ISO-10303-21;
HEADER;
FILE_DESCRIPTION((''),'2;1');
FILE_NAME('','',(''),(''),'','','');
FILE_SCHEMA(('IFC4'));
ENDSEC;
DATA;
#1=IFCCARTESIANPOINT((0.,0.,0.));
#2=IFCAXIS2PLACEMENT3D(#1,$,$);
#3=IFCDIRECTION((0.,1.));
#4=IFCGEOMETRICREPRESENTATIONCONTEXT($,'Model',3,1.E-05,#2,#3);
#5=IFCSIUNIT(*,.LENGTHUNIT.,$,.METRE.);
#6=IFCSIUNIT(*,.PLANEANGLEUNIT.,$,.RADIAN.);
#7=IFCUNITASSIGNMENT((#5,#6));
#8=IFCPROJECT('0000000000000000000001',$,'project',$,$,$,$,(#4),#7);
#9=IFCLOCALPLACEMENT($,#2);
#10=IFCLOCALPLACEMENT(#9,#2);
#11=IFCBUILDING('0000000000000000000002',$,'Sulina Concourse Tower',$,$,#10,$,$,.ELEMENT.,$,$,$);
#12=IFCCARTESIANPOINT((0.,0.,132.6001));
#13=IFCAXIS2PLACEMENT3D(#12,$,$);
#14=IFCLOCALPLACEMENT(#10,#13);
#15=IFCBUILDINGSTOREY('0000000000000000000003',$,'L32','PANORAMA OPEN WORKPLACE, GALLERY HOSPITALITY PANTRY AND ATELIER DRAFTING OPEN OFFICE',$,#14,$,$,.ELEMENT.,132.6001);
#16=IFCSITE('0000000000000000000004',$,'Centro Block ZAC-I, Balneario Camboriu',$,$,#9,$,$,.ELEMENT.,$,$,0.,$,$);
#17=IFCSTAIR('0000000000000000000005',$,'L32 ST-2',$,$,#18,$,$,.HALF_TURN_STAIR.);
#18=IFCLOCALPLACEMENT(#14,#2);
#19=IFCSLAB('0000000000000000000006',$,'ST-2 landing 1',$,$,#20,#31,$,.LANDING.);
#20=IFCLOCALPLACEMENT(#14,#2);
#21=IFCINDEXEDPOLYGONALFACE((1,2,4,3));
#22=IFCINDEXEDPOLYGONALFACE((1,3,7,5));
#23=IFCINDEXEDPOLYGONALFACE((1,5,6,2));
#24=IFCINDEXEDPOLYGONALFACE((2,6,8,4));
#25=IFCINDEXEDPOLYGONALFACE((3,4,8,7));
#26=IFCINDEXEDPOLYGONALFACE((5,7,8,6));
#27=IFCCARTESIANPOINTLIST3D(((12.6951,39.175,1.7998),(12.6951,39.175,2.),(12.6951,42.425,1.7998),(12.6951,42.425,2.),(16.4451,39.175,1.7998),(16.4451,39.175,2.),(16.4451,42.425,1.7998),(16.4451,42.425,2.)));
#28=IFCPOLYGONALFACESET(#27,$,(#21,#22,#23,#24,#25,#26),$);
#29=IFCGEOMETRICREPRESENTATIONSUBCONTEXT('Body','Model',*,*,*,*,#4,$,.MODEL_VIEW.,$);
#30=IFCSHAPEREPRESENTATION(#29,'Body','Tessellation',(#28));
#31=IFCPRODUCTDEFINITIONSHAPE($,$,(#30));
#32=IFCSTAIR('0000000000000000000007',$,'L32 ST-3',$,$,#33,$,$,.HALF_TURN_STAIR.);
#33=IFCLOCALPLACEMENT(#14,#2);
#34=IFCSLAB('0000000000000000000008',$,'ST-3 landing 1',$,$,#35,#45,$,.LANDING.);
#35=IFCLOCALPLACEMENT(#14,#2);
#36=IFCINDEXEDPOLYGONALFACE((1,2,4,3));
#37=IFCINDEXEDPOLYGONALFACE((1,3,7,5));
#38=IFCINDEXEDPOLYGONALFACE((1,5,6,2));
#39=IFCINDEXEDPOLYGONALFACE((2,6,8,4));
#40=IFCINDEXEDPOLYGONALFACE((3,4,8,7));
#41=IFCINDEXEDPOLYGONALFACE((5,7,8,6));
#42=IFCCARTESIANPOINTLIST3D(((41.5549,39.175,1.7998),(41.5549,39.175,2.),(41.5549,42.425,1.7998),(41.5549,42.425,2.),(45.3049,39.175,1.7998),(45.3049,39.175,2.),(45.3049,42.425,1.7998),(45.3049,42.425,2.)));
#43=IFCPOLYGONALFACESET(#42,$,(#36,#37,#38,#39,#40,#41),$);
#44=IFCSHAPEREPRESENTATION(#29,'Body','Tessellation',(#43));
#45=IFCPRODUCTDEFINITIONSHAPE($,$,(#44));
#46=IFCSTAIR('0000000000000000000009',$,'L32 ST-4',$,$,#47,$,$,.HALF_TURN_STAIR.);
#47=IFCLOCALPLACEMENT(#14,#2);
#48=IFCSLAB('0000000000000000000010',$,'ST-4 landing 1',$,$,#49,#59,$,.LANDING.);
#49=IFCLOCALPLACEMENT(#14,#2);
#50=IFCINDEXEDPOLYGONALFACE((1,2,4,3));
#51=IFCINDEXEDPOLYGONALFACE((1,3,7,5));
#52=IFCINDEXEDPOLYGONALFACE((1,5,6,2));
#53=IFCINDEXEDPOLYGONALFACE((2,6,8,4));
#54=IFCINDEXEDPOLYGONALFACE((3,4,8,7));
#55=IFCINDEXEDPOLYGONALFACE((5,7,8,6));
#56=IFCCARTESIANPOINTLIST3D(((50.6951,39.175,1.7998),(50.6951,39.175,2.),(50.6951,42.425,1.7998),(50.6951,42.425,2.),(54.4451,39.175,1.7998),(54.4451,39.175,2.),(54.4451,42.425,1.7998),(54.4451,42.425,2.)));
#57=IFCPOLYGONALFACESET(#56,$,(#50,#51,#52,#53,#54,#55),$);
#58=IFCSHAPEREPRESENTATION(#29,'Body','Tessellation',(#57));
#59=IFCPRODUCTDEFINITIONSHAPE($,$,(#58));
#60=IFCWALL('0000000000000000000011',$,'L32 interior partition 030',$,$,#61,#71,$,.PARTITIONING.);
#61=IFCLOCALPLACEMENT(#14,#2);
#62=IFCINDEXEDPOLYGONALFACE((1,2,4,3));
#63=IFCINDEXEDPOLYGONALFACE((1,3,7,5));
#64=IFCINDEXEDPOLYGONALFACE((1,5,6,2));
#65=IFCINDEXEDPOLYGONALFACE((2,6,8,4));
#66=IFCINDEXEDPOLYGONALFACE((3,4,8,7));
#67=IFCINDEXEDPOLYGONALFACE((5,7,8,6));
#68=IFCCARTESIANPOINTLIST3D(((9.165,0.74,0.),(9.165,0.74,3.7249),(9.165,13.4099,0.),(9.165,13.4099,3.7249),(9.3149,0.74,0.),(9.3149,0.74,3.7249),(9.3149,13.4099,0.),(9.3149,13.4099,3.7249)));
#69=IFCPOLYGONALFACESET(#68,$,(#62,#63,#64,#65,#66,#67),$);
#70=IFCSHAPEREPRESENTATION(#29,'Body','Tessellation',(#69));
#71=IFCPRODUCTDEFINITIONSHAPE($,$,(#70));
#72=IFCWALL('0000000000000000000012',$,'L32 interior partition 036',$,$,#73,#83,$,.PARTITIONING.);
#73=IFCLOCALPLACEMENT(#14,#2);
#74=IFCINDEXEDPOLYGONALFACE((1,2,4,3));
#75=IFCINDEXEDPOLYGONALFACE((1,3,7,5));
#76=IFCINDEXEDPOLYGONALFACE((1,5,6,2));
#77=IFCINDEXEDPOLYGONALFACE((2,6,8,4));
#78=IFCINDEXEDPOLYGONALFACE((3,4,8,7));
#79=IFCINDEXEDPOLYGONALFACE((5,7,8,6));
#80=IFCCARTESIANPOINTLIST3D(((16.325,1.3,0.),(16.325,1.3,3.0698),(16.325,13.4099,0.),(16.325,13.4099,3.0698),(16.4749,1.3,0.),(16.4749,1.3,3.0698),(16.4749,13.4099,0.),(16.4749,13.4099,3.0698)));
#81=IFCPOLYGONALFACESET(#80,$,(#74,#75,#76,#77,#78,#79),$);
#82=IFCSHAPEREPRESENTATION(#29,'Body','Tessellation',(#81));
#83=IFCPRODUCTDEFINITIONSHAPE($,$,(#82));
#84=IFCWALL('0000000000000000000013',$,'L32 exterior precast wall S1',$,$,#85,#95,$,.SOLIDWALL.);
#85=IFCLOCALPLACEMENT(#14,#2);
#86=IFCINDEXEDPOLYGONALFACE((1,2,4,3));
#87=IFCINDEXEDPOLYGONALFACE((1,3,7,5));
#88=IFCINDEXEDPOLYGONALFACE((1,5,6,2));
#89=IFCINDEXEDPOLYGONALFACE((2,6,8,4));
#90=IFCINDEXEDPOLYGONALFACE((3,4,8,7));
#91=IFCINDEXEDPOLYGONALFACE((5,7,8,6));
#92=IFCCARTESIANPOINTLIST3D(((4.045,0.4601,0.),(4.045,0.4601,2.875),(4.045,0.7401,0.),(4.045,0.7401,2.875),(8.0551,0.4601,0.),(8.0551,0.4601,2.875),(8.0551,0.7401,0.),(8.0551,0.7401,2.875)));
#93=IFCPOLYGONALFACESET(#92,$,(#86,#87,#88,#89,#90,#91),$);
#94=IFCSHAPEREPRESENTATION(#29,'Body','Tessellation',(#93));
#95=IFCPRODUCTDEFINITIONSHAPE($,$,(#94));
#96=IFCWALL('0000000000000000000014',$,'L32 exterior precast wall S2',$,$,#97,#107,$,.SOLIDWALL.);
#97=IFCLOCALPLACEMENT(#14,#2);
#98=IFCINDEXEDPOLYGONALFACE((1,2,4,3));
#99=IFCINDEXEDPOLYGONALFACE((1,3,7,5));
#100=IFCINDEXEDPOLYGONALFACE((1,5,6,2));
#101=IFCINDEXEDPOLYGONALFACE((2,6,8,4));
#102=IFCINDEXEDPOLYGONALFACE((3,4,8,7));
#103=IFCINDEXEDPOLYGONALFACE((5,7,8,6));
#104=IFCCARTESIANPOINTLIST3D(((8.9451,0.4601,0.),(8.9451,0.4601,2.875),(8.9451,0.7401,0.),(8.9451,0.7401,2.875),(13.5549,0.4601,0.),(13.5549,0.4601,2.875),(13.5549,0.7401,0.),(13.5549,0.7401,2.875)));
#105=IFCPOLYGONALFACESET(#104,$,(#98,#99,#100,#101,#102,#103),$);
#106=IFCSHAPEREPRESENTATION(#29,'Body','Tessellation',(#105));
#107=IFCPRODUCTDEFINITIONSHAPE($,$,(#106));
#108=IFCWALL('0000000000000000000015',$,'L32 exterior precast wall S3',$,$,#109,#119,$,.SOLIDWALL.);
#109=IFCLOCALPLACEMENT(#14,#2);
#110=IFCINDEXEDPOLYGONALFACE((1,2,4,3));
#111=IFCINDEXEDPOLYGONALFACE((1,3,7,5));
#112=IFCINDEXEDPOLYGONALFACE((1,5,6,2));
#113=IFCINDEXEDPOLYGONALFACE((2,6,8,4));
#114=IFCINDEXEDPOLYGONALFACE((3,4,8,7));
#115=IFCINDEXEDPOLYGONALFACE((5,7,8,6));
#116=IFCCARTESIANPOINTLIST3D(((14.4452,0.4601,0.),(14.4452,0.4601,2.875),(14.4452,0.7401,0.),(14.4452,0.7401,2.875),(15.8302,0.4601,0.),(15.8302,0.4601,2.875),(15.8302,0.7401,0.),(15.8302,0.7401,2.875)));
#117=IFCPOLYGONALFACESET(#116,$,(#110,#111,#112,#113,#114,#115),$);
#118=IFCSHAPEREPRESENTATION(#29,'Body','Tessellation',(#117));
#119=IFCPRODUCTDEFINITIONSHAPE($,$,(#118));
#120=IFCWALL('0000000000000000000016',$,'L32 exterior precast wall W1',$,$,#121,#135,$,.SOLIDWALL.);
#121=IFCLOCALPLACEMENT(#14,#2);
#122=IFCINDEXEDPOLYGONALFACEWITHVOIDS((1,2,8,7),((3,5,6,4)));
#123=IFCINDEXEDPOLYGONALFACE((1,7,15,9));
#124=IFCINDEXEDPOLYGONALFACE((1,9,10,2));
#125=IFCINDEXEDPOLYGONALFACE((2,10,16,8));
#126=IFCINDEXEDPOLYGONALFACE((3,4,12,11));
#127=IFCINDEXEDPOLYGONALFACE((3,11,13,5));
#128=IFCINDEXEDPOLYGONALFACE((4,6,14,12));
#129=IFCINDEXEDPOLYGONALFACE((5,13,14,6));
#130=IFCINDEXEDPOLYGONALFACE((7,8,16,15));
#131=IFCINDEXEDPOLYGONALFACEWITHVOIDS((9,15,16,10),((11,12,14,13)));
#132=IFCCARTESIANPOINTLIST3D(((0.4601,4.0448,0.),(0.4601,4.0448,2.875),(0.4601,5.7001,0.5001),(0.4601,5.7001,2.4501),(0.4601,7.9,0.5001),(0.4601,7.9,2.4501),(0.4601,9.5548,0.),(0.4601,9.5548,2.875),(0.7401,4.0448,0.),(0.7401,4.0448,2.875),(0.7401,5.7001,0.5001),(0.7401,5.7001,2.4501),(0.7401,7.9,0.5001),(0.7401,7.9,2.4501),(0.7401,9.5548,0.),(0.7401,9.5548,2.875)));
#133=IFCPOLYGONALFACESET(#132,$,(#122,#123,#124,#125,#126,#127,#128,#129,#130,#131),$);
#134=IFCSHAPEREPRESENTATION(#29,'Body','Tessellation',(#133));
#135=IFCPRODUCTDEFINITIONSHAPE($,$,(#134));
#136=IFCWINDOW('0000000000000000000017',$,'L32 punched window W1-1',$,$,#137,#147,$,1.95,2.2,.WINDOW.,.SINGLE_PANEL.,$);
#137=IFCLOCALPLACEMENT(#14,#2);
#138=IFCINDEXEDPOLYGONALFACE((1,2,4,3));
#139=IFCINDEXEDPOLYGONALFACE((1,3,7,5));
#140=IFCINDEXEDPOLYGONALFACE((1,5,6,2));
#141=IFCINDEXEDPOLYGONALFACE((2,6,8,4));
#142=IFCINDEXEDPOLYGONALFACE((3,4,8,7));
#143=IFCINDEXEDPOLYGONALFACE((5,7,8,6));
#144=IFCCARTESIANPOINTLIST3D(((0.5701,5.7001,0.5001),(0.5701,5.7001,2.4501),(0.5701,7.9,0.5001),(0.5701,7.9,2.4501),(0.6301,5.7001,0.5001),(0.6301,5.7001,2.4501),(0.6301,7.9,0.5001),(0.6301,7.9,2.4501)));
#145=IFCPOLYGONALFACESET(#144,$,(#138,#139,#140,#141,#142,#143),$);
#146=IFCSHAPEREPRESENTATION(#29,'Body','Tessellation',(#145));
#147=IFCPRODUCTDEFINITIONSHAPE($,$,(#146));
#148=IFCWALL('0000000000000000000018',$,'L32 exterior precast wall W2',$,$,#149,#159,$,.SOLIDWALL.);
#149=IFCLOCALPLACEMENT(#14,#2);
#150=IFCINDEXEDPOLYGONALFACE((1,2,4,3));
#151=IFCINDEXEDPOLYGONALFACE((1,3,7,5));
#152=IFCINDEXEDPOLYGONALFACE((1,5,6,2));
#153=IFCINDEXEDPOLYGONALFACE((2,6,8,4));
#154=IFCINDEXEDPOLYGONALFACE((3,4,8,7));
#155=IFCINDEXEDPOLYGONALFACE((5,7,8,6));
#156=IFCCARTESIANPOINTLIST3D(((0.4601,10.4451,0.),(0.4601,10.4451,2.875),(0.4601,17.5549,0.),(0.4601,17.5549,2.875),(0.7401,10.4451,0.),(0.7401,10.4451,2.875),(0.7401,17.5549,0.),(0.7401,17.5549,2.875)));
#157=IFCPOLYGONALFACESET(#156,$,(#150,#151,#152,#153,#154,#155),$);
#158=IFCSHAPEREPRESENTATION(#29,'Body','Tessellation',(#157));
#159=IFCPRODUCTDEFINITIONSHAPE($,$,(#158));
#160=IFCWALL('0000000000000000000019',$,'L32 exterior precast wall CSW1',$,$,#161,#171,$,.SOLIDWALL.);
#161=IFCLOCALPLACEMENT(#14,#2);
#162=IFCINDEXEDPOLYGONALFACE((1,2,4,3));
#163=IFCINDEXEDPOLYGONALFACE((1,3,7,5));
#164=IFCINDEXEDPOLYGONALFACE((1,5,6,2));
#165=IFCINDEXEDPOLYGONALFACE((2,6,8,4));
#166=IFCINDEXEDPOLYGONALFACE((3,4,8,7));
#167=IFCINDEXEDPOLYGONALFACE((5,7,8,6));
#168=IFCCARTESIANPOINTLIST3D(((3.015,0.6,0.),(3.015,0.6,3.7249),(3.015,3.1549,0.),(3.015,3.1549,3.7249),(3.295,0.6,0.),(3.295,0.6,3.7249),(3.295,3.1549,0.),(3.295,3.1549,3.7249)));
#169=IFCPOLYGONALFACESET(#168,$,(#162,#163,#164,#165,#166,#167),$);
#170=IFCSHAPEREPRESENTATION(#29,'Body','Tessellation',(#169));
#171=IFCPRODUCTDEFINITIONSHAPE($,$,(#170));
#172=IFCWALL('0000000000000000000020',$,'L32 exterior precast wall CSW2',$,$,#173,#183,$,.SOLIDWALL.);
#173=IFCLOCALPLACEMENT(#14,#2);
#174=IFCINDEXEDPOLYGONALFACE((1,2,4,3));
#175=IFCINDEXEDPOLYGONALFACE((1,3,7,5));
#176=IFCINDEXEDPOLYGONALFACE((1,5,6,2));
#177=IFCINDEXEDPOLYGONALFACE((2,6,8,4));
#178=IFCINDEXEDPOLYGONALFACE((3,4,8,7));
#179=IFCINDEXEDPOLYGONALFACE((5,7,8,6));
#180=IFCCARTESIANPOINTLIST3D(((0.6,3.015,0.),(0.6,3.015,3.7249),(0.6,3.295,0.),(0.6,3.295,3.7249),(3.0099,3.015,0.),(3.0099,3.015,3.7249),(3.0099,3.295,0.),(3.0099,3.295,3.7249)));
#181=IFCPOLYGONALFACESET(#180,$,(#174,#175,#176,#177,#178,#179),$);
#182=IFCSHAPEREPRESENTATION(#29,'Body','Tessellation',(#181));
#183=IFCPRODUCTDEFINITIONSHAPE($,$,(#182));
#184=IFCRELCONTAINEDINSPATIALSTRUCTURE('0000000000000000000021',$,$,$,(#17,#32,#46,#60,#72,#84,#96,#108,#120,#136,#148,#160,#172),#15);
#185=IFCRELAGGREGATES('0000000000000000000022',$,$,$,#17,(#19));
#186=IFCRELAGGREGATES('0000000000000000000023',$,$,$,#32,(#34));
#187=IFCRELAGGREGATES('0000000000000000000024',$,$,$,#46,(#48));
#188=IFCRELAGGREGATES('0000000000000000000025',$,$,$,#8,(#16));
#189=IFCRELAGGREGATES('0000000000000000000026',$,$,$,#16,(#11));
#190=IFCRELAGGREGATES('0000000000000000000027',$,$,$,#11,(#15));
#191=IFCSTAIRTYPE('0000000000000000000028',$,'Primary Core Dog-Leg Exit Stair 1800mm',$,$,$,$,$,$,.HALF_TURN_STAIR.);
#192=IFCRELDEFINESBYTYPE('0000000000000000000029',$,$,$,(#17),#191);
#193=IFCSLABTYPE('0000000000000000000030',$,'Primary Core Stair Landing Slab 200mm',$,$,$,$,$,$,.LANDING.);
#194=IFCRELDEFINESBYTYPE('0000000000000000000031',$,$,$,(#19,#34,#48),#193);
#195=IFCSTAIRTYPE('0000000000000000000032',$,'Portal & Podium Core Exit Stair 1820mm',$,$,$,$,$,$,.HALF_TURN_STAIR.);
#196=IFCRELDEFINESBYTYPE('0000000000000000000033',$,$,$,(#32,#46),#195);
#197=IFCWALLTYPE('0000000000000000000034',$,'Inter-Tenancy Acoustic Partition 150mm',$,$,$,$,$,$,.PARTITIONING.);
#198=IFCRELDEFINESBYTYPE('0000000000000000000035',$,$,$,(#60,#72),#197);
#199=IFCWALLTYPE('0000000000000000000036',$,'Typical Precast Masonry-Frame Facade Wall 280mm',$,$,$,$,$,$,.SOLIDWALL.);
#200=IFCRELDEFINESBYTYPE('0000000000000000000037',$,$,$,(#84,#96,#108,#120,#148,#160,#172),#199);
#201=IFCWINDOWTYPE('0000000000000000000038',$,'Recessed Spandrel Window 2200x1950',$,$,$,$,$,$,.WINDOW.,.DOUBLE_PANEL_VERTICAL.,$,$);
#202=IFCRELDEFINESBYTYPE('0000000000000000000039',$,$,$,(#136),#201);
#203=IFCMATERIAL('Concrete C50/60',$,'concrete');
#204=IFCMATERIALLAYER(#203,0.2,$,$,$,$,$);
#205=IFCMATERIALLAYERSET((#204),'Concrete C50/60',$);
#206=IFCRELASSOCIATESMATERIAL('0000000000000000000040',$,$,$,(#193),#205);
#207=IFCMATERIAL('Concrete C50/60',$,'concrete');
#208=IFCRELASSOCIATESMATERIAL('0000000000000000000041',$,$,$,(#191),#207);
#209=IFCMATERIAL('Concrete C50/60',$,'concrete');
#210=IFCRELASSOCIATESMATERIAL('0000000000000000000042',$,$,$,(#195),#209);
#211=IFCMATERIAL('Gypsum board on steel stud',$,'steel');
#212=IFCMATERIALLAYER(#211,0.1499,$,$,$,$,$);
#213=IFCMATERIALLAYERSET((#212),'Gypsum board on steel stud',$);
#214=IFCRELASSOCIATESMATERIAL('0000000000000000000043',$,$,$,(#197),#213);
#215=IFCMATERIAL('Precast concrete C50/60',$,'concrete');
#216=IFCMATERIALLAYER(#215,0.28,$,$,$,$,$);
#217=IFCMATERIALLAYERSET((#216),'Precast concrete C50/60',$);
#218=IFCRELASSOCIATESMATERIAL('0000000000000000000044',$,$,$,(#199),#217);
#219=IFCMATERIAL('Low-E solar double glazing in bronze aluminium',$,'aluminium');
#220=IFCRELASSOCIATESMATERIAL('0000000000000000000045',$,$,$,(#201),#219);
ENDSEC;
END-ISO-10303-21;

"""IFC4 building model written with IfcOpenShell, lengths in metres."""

from ifc_helpers import new_model, si_unit, direction, frame, frame_2d, origin, place, context, subcontext, project, spatial, polyline, rectangle, outline, extrude, material, layer, layer_set, type_object, element, fill, aggregate, save


model = new_model("IFC4")

# Units and contexts
model_context = context("Model", 3, precision=1e-05, world=origin(), true_north=direction((0.0, 1.0)))
body_context = subcontext(model_context, "Body", "Model", "MODEL_VIEW")
ifc_project = project(units=[si_unit("LENGTHUNIT", "METRE"), si_unit("PLANEANGLEUNIT", "RADIAN")], contexts=[model_context])

# Site, building, storey
site_placement = place(None, origin())
site = spatial("IfcSite", under=ifc_project, at=site_placement, Name="Centro Block ZAC-I, Balneario Camboriu", CompositionType="ELEMENT", RefElevation=0.0)
building_placement = place(site_placement, origin())
building = spatial("IfcBuilding", under=site, at=building_placement, Name="Sulina Concourse Tower", CompositionType="ELEMENT")
storey_placement = place(building_placement, frame((0.0, 0.0, 132.6001)))
storey = spatial("IfcBuildingStorey", under=building, at=storey_placement, Name="L32", Description="PANORAMA OPEN WORKPLACE, GALLERY HOSPITALITY PANTRY AND ATELIER DRAFTING OPEN OFFICE", CompositionType="ELEMENT", Elevation=132.6001)

# Shared definitions
ifc_material_1 = material(Name="Concrete C50/60", Category="concrete")
ifc_layer_1 = layer(ifc_material_1, 0.2)
ifc_layer_set_1 = layer_set([ifc_layer_1], Name="Concrete C50/60")
slab_type_1 = type_object("IfcSlabType", Name="Primary Core Stair Landing Slab 200mm", PredefinedType="LANDING", material=ifc_layer_set_1)

# Stairs, slabs
ifc_material_2 = material(Name="Concrete C50/60", Category="concrete")
stair_type_1 = type_object("IfcStairType", Name="Primary Core Dog-Leg Exit Stair 1800mm", PredefinedType="HALF_TURN_STAIR", material=ifc_material_2)
stair_1_placement = place(storey_placement, origin())
stair_1 = element("IfcStair", 1, at=stair_1_placement, inside=storey, type_object=stair_type_1, Name="L32 ST-2", PredefinedType="HALF_TURN_STAIR")
slab_1_placement = place(storey_placement, frame((0.0, 0.0, 1.7998)))
slab_1 = element("IfcSlab", 2, at=slab_1_placement, type_object=slab_type_1, Name="ST-2 landing 1", PredefinedType="LANDING", context=body_context, shape_type="SweptSolid", body=[
    extrude(outline(polyline([(16.4451, 39.175), (16.4451, 42.425), (12.6951, 42.425), (12.6951, 39.175), (16.4451, 39.175)])), origin(), (0.0, 0.0, 1.0), 0.2002),
])
aggregate(stair_1, [slab_1])
ifc_material_3 = material(Name="Concrete C50/60", Category="concrete")
stair_type_2 = type_object("IfcStairType", Name="Portal & Podium Core Exit Stair 1820mm", PredefinedType="HALF_TURN_STAIR", material=ifc_material_3)
stair_2_placement = place(storey_placement, origin())
stair_2 = element("IfcStair", 3, at=stair_2_placement, inside=storey, type_object=stair_type_2, Name="L32 ST-3", PredefinedType="HALF_TURN_STAIR")
slab_2_placement = place(storey_placement, frame((0.0, 0.0, 1.7998)))
slab_2 = element("IfcSlab", 4, at=slab_2_placement, type_object=slab_type_1, Name="ST-3 landing 1", PredefinedType="LANDING", context=body_context, shape_type="SweptSolid", body=[
    extrude(outline(polyline([(45.3049, 39.175), (45.3049, 42.425), (41.5549, 42.425), (41.5549, 39.175), (45.3049, 39.175)])), origin(), (0.0, 0.0, 1.0), 0.2002),
])
aggregate(stair_2, [slab_2])
stair_3_placement = place(storey_placement, origin())
stair_3 = element("IfcStair", 5, at=stair_3_placement, inside=storey, type_object=stair_type_2, Name="L32 ST-4", PredefinedType="HALF_TURN_STAIR")
slab_3_placement = place(storey_placement, frame((0.0, 0.0, 1.7998)))
slab_3 = element("IfcSlab", 6, at=slab_3_placement, type_object=slab_type_1, Name="ST-4 landing 1", PredefinedType="LANDING", context=body_context, shape_type="SweptSolid", body=[
    extrude(outline(polyline([(54.4451, 39.175), (54.4451, 42.425), (50.6951, 42.425), (50.6951, 39.175), (54.4451, 39.175)])), origin(), (0.0, 0.0, 1.0), 0.2002),
])
aggregate(stair_3, [slab_3])

# Walls
ifc_material_4 = material(Name="Gypsum board on steel stud", Category="steel")
ifc_layer_2 = layer(ifc_material_4, 0.1499)
ifc_layer_set_2 = layer_set([ifc_layer_2], Name="Gypsum board on steel stud")
wall_type_1 = type_object("IfcWallType", Name="Inter-Tenancy Acoustic Partition 150mm", PredefinedType="PARTITIONING", material=ifc_layer_set_2)
wall_1_placement = place(storey_placement, frame((9.24, 0.74, 0.0), z_axis=(0.0, 0.0, 1.0), x_axis=(0.0, 1.0, 0.0)))
element("IfcWall", 7, at=wall_1_placement, inside=storey, type_object=wall_type_1, Name="L32 interior partition 030", PredefinedType="PARTITIONING", context=body_context, shape_type="SweptSolid", body=[
    extrude(rectangle(XDim=12.6699, YDim=0.1499, at=frame_2d((6.335, 0.0))), origin(), (0.0, 0.0, 1.0), 3.7249),
])
wall_2_placement = place(storey_placement, frame((16.3999, 1.3, 0.0), z_axis=(0.0, 0.0, 1.0), x_axis=(0.0, 1.0, 0.0)))
element("IfcWall", 8, at=wall_2_placement, inside=storey, type_object=wall_type_1, Name="L32 interior partition 036", PredefinedType="PARTITIONING", context=body_context, shape_type="SweptSolid", body=[
    extrude(rectangle(XDim=12.1099, YDim=0.1499, at=frame_2d((6.0549, 0.0))), origin(), (0.0, 0.0, 1.0), 3.0698),
])
ifc_material_5 = material(Name="Precast concrete C50/60", Category="concrete")
ifc_layer_3 = layer(ifc_material_5, 0.28)
ifc_layer_set_3 = layer_set([ifc_layer_3], Name="Precast concrete C50/60")
wall_type_2 = type_object("IfcWallType", Name="Typical Precast Masonry-Frame Facade Wall 280mm", PredefinedType="SOLIDWALL", material=ifc_layer_set_3)
wall_3_placement = place(storey_placement, frame((8.0549, 0.6001, 0.0), z_axis=(0.0, 0.0, 1.0), x_axis=(-1.0, 0.0, 0.0)))
element("IfcWall", 9, at=wall_3_placement, inside=storey, type_object=wall_type_2, Name="L32 exterior precast wall S1", PredefinedType="SOLIDWALL", context=body_context, shape_type="SweptSolid", body=[
    extrude(rectangle(XDim=4.01, YDim=0.28, at=frame_2d((2.0049, 0.0))), origin(), (0.0, 0.0, 1.0), 2.875),
])
wall_4_placement = place(storey_placement, frame((13.5549, 0.6001, 0.0), z_axis=(0.0, 0.0, 1.0), x_axis=(-1.0, 0.0, 0.0)))
element("IfcWall", 10, at=wall_4_placement, inside=storey, type_object=wall_type_2, Name="L32 exterior precast wall S2", PredefinedType="SOLIDWALL", context=body_context, shape_type="SweptSolid", body=[
    extrude(rectangle(XDim=4.6099, YDim=0.28, at=frame_2d((2.3049, 0.0))), origin(), (0.0, 0.0, 1.0), 2.875),
])
wall_5_placement = place(storey_placement, frame((15.8301, 0.6001, 0.0), z_axis=(0.0, 0.0, 1.0), x_axis=(-1.0, 0.0, 0.0)))
element("IfcWall", 11, at=wall_5_placement, inside=storey, type_object=wall_type_2, Name="L32 exterior precast wall S3", PredefinedType="SOLIDWALL", context=body_context, shape_type="SweptSolid", body=[
    extrude(rectangle(XDim=1.385, YDim=0.28, at=frame_2d((0.6924, 0.0))), origin(), (0.0, 0.0, 1.0), 2.875),
])

# Wall, opening, window
wall_6_placement = place(storey_placement, frame((0.6001, 4.0449, 0.0), z_axis=(0.0, 0.0, 1.0), x_axis=(0.0, 1.0, 0.0)))
wall_6 = element("IfcWall", 12, at=wall_6_placement, inside=storey, type_object=wall_type_2, Name="L32 exterior precast wall W1", PredefinedType="SOLIDWALL", context=body_context, shape_type="SweptSolid", body=[
    extrude(rectangle(XDim=5.51, YDim=0.28, at=frame_2d((2.7549, 0.0))), origin(), (0.0, 0.0, 1.0), 2.875),
])
opening_placement = place(wall_6_placement, frame((1.655, 0.0, 0.5)))
opening = element("IfcOpeningElement", 13, at=opening_placement, cuts=wall_6, PredefinedType="OPENING", context=body_context, shape_type="SweptSolid", body=[
    extrude(rectangle(XDim=2.2, YDim=1.95, at=frame_2d((1.1001, 0.9751))), frame((0.0, 0.1499, 0.0), z_axis=(0.0, -1.0, 0.0), x_axis=(1.0, 0.0, 0.0)), (0.0, 0.0, 1.0), 0.3),
])
ifc_material_6 = material(Name="Low-E solar double glazing in bronze aluminium", Category="aluminium")
window_type = type_object("IfcWindowType", Name="Recessed Spandrel Window 2200x1950", PartitioningType="DOUBLE_PANEL_VERTICAL", PredefinedType="WINDOW", material=ifc_material_6)
window_placement = place(opening_placement, origin())
window = element("IfcWindow", 14, at=window_placement, inside=storey, type_object=window_type, Name="L32 punched window W1-1", OverallHeight=1.95, OverallWidth=2.2, PartitioningType="SINGLE_PANEL", PredefinedType="WINDOW", context=body_context, shape_type="SweptSolid", body=[
    extrude(rectangle(XDim=2.2, YDim=1.95, at=frame_2d((1.1001, 0.9751))), frame((0.0, 0.03, 0.0), z_axis=(0.0, -1.0, 0.0), x_axis=(1.0, 0.0, 0.0)), (0.0, 0.0, 1.0), 0.0601),
])
fill(opening, window)

# Walls
wall_7_placement = place(storey_placement, frame((0.6001, 10.4451, 0.0), z_axis=(0.0, 0.0, 1.0), x_axis=(0.0, 1.0, 0.0)))
element("IfcWall", 15, at=wall_7_placement, inside=storey, type_object=wall_type_2, Name="L32 exterior precast wall W2", PredefinedType="SOLIDWALL", context=body_context, shape_type="SweptSolid", body=[
    extrude(rectangle(XDim=7.1099, YDim=0.28, at=frame_2d((3.5549, 0.0))), origin(), (0.0, 0.0, 1.0), 2.875),
])
wall_8_placement = place(storey_placement, frame((3.155, 0.6001, 0.0), z_axis=(0.0, 0.0, 1.0), x_axis=(0.0, 1.0, 0.0)))
element("IfcWall", 16, at=wall_8_placement, inside=storey, type_object=wall_type_2, Name="L32 exterior precast wall CSW1", PredefinedType="SOLIDWALL", context=body_context, shape_type="SweptSolid", body=[
    extrude(rectangle(XDim=2.5549, YDim=0.28, at=frame_2d((1.2773, 0.0))), origin(), (0.0, 0.0, 1.0), 3.7249),
])
wall_9_placement = place(storey_placement, frame((3.01, 3.155, 0.0), z_axis=(0.0, 0.0, 1.0), x_axis=(-1.0, 0.0, 0.0)))
element("IfcWall", 17, at=wall_9_placement, inside=storey, type_object=wall_type_2, Name="L32 exterior precast wall CSW2", PredefinedType="SOLIDWALL", context=body_context, shape_type="SweptSolid", body=[
    extrude(rectangle(XDim=2.4099, YDim=0.28, at=frame_2d((1.2051, 0.0))), origin(), (0.0, 0.0, 1.0), 3.7249),
])

save(model, "model.ifc")
